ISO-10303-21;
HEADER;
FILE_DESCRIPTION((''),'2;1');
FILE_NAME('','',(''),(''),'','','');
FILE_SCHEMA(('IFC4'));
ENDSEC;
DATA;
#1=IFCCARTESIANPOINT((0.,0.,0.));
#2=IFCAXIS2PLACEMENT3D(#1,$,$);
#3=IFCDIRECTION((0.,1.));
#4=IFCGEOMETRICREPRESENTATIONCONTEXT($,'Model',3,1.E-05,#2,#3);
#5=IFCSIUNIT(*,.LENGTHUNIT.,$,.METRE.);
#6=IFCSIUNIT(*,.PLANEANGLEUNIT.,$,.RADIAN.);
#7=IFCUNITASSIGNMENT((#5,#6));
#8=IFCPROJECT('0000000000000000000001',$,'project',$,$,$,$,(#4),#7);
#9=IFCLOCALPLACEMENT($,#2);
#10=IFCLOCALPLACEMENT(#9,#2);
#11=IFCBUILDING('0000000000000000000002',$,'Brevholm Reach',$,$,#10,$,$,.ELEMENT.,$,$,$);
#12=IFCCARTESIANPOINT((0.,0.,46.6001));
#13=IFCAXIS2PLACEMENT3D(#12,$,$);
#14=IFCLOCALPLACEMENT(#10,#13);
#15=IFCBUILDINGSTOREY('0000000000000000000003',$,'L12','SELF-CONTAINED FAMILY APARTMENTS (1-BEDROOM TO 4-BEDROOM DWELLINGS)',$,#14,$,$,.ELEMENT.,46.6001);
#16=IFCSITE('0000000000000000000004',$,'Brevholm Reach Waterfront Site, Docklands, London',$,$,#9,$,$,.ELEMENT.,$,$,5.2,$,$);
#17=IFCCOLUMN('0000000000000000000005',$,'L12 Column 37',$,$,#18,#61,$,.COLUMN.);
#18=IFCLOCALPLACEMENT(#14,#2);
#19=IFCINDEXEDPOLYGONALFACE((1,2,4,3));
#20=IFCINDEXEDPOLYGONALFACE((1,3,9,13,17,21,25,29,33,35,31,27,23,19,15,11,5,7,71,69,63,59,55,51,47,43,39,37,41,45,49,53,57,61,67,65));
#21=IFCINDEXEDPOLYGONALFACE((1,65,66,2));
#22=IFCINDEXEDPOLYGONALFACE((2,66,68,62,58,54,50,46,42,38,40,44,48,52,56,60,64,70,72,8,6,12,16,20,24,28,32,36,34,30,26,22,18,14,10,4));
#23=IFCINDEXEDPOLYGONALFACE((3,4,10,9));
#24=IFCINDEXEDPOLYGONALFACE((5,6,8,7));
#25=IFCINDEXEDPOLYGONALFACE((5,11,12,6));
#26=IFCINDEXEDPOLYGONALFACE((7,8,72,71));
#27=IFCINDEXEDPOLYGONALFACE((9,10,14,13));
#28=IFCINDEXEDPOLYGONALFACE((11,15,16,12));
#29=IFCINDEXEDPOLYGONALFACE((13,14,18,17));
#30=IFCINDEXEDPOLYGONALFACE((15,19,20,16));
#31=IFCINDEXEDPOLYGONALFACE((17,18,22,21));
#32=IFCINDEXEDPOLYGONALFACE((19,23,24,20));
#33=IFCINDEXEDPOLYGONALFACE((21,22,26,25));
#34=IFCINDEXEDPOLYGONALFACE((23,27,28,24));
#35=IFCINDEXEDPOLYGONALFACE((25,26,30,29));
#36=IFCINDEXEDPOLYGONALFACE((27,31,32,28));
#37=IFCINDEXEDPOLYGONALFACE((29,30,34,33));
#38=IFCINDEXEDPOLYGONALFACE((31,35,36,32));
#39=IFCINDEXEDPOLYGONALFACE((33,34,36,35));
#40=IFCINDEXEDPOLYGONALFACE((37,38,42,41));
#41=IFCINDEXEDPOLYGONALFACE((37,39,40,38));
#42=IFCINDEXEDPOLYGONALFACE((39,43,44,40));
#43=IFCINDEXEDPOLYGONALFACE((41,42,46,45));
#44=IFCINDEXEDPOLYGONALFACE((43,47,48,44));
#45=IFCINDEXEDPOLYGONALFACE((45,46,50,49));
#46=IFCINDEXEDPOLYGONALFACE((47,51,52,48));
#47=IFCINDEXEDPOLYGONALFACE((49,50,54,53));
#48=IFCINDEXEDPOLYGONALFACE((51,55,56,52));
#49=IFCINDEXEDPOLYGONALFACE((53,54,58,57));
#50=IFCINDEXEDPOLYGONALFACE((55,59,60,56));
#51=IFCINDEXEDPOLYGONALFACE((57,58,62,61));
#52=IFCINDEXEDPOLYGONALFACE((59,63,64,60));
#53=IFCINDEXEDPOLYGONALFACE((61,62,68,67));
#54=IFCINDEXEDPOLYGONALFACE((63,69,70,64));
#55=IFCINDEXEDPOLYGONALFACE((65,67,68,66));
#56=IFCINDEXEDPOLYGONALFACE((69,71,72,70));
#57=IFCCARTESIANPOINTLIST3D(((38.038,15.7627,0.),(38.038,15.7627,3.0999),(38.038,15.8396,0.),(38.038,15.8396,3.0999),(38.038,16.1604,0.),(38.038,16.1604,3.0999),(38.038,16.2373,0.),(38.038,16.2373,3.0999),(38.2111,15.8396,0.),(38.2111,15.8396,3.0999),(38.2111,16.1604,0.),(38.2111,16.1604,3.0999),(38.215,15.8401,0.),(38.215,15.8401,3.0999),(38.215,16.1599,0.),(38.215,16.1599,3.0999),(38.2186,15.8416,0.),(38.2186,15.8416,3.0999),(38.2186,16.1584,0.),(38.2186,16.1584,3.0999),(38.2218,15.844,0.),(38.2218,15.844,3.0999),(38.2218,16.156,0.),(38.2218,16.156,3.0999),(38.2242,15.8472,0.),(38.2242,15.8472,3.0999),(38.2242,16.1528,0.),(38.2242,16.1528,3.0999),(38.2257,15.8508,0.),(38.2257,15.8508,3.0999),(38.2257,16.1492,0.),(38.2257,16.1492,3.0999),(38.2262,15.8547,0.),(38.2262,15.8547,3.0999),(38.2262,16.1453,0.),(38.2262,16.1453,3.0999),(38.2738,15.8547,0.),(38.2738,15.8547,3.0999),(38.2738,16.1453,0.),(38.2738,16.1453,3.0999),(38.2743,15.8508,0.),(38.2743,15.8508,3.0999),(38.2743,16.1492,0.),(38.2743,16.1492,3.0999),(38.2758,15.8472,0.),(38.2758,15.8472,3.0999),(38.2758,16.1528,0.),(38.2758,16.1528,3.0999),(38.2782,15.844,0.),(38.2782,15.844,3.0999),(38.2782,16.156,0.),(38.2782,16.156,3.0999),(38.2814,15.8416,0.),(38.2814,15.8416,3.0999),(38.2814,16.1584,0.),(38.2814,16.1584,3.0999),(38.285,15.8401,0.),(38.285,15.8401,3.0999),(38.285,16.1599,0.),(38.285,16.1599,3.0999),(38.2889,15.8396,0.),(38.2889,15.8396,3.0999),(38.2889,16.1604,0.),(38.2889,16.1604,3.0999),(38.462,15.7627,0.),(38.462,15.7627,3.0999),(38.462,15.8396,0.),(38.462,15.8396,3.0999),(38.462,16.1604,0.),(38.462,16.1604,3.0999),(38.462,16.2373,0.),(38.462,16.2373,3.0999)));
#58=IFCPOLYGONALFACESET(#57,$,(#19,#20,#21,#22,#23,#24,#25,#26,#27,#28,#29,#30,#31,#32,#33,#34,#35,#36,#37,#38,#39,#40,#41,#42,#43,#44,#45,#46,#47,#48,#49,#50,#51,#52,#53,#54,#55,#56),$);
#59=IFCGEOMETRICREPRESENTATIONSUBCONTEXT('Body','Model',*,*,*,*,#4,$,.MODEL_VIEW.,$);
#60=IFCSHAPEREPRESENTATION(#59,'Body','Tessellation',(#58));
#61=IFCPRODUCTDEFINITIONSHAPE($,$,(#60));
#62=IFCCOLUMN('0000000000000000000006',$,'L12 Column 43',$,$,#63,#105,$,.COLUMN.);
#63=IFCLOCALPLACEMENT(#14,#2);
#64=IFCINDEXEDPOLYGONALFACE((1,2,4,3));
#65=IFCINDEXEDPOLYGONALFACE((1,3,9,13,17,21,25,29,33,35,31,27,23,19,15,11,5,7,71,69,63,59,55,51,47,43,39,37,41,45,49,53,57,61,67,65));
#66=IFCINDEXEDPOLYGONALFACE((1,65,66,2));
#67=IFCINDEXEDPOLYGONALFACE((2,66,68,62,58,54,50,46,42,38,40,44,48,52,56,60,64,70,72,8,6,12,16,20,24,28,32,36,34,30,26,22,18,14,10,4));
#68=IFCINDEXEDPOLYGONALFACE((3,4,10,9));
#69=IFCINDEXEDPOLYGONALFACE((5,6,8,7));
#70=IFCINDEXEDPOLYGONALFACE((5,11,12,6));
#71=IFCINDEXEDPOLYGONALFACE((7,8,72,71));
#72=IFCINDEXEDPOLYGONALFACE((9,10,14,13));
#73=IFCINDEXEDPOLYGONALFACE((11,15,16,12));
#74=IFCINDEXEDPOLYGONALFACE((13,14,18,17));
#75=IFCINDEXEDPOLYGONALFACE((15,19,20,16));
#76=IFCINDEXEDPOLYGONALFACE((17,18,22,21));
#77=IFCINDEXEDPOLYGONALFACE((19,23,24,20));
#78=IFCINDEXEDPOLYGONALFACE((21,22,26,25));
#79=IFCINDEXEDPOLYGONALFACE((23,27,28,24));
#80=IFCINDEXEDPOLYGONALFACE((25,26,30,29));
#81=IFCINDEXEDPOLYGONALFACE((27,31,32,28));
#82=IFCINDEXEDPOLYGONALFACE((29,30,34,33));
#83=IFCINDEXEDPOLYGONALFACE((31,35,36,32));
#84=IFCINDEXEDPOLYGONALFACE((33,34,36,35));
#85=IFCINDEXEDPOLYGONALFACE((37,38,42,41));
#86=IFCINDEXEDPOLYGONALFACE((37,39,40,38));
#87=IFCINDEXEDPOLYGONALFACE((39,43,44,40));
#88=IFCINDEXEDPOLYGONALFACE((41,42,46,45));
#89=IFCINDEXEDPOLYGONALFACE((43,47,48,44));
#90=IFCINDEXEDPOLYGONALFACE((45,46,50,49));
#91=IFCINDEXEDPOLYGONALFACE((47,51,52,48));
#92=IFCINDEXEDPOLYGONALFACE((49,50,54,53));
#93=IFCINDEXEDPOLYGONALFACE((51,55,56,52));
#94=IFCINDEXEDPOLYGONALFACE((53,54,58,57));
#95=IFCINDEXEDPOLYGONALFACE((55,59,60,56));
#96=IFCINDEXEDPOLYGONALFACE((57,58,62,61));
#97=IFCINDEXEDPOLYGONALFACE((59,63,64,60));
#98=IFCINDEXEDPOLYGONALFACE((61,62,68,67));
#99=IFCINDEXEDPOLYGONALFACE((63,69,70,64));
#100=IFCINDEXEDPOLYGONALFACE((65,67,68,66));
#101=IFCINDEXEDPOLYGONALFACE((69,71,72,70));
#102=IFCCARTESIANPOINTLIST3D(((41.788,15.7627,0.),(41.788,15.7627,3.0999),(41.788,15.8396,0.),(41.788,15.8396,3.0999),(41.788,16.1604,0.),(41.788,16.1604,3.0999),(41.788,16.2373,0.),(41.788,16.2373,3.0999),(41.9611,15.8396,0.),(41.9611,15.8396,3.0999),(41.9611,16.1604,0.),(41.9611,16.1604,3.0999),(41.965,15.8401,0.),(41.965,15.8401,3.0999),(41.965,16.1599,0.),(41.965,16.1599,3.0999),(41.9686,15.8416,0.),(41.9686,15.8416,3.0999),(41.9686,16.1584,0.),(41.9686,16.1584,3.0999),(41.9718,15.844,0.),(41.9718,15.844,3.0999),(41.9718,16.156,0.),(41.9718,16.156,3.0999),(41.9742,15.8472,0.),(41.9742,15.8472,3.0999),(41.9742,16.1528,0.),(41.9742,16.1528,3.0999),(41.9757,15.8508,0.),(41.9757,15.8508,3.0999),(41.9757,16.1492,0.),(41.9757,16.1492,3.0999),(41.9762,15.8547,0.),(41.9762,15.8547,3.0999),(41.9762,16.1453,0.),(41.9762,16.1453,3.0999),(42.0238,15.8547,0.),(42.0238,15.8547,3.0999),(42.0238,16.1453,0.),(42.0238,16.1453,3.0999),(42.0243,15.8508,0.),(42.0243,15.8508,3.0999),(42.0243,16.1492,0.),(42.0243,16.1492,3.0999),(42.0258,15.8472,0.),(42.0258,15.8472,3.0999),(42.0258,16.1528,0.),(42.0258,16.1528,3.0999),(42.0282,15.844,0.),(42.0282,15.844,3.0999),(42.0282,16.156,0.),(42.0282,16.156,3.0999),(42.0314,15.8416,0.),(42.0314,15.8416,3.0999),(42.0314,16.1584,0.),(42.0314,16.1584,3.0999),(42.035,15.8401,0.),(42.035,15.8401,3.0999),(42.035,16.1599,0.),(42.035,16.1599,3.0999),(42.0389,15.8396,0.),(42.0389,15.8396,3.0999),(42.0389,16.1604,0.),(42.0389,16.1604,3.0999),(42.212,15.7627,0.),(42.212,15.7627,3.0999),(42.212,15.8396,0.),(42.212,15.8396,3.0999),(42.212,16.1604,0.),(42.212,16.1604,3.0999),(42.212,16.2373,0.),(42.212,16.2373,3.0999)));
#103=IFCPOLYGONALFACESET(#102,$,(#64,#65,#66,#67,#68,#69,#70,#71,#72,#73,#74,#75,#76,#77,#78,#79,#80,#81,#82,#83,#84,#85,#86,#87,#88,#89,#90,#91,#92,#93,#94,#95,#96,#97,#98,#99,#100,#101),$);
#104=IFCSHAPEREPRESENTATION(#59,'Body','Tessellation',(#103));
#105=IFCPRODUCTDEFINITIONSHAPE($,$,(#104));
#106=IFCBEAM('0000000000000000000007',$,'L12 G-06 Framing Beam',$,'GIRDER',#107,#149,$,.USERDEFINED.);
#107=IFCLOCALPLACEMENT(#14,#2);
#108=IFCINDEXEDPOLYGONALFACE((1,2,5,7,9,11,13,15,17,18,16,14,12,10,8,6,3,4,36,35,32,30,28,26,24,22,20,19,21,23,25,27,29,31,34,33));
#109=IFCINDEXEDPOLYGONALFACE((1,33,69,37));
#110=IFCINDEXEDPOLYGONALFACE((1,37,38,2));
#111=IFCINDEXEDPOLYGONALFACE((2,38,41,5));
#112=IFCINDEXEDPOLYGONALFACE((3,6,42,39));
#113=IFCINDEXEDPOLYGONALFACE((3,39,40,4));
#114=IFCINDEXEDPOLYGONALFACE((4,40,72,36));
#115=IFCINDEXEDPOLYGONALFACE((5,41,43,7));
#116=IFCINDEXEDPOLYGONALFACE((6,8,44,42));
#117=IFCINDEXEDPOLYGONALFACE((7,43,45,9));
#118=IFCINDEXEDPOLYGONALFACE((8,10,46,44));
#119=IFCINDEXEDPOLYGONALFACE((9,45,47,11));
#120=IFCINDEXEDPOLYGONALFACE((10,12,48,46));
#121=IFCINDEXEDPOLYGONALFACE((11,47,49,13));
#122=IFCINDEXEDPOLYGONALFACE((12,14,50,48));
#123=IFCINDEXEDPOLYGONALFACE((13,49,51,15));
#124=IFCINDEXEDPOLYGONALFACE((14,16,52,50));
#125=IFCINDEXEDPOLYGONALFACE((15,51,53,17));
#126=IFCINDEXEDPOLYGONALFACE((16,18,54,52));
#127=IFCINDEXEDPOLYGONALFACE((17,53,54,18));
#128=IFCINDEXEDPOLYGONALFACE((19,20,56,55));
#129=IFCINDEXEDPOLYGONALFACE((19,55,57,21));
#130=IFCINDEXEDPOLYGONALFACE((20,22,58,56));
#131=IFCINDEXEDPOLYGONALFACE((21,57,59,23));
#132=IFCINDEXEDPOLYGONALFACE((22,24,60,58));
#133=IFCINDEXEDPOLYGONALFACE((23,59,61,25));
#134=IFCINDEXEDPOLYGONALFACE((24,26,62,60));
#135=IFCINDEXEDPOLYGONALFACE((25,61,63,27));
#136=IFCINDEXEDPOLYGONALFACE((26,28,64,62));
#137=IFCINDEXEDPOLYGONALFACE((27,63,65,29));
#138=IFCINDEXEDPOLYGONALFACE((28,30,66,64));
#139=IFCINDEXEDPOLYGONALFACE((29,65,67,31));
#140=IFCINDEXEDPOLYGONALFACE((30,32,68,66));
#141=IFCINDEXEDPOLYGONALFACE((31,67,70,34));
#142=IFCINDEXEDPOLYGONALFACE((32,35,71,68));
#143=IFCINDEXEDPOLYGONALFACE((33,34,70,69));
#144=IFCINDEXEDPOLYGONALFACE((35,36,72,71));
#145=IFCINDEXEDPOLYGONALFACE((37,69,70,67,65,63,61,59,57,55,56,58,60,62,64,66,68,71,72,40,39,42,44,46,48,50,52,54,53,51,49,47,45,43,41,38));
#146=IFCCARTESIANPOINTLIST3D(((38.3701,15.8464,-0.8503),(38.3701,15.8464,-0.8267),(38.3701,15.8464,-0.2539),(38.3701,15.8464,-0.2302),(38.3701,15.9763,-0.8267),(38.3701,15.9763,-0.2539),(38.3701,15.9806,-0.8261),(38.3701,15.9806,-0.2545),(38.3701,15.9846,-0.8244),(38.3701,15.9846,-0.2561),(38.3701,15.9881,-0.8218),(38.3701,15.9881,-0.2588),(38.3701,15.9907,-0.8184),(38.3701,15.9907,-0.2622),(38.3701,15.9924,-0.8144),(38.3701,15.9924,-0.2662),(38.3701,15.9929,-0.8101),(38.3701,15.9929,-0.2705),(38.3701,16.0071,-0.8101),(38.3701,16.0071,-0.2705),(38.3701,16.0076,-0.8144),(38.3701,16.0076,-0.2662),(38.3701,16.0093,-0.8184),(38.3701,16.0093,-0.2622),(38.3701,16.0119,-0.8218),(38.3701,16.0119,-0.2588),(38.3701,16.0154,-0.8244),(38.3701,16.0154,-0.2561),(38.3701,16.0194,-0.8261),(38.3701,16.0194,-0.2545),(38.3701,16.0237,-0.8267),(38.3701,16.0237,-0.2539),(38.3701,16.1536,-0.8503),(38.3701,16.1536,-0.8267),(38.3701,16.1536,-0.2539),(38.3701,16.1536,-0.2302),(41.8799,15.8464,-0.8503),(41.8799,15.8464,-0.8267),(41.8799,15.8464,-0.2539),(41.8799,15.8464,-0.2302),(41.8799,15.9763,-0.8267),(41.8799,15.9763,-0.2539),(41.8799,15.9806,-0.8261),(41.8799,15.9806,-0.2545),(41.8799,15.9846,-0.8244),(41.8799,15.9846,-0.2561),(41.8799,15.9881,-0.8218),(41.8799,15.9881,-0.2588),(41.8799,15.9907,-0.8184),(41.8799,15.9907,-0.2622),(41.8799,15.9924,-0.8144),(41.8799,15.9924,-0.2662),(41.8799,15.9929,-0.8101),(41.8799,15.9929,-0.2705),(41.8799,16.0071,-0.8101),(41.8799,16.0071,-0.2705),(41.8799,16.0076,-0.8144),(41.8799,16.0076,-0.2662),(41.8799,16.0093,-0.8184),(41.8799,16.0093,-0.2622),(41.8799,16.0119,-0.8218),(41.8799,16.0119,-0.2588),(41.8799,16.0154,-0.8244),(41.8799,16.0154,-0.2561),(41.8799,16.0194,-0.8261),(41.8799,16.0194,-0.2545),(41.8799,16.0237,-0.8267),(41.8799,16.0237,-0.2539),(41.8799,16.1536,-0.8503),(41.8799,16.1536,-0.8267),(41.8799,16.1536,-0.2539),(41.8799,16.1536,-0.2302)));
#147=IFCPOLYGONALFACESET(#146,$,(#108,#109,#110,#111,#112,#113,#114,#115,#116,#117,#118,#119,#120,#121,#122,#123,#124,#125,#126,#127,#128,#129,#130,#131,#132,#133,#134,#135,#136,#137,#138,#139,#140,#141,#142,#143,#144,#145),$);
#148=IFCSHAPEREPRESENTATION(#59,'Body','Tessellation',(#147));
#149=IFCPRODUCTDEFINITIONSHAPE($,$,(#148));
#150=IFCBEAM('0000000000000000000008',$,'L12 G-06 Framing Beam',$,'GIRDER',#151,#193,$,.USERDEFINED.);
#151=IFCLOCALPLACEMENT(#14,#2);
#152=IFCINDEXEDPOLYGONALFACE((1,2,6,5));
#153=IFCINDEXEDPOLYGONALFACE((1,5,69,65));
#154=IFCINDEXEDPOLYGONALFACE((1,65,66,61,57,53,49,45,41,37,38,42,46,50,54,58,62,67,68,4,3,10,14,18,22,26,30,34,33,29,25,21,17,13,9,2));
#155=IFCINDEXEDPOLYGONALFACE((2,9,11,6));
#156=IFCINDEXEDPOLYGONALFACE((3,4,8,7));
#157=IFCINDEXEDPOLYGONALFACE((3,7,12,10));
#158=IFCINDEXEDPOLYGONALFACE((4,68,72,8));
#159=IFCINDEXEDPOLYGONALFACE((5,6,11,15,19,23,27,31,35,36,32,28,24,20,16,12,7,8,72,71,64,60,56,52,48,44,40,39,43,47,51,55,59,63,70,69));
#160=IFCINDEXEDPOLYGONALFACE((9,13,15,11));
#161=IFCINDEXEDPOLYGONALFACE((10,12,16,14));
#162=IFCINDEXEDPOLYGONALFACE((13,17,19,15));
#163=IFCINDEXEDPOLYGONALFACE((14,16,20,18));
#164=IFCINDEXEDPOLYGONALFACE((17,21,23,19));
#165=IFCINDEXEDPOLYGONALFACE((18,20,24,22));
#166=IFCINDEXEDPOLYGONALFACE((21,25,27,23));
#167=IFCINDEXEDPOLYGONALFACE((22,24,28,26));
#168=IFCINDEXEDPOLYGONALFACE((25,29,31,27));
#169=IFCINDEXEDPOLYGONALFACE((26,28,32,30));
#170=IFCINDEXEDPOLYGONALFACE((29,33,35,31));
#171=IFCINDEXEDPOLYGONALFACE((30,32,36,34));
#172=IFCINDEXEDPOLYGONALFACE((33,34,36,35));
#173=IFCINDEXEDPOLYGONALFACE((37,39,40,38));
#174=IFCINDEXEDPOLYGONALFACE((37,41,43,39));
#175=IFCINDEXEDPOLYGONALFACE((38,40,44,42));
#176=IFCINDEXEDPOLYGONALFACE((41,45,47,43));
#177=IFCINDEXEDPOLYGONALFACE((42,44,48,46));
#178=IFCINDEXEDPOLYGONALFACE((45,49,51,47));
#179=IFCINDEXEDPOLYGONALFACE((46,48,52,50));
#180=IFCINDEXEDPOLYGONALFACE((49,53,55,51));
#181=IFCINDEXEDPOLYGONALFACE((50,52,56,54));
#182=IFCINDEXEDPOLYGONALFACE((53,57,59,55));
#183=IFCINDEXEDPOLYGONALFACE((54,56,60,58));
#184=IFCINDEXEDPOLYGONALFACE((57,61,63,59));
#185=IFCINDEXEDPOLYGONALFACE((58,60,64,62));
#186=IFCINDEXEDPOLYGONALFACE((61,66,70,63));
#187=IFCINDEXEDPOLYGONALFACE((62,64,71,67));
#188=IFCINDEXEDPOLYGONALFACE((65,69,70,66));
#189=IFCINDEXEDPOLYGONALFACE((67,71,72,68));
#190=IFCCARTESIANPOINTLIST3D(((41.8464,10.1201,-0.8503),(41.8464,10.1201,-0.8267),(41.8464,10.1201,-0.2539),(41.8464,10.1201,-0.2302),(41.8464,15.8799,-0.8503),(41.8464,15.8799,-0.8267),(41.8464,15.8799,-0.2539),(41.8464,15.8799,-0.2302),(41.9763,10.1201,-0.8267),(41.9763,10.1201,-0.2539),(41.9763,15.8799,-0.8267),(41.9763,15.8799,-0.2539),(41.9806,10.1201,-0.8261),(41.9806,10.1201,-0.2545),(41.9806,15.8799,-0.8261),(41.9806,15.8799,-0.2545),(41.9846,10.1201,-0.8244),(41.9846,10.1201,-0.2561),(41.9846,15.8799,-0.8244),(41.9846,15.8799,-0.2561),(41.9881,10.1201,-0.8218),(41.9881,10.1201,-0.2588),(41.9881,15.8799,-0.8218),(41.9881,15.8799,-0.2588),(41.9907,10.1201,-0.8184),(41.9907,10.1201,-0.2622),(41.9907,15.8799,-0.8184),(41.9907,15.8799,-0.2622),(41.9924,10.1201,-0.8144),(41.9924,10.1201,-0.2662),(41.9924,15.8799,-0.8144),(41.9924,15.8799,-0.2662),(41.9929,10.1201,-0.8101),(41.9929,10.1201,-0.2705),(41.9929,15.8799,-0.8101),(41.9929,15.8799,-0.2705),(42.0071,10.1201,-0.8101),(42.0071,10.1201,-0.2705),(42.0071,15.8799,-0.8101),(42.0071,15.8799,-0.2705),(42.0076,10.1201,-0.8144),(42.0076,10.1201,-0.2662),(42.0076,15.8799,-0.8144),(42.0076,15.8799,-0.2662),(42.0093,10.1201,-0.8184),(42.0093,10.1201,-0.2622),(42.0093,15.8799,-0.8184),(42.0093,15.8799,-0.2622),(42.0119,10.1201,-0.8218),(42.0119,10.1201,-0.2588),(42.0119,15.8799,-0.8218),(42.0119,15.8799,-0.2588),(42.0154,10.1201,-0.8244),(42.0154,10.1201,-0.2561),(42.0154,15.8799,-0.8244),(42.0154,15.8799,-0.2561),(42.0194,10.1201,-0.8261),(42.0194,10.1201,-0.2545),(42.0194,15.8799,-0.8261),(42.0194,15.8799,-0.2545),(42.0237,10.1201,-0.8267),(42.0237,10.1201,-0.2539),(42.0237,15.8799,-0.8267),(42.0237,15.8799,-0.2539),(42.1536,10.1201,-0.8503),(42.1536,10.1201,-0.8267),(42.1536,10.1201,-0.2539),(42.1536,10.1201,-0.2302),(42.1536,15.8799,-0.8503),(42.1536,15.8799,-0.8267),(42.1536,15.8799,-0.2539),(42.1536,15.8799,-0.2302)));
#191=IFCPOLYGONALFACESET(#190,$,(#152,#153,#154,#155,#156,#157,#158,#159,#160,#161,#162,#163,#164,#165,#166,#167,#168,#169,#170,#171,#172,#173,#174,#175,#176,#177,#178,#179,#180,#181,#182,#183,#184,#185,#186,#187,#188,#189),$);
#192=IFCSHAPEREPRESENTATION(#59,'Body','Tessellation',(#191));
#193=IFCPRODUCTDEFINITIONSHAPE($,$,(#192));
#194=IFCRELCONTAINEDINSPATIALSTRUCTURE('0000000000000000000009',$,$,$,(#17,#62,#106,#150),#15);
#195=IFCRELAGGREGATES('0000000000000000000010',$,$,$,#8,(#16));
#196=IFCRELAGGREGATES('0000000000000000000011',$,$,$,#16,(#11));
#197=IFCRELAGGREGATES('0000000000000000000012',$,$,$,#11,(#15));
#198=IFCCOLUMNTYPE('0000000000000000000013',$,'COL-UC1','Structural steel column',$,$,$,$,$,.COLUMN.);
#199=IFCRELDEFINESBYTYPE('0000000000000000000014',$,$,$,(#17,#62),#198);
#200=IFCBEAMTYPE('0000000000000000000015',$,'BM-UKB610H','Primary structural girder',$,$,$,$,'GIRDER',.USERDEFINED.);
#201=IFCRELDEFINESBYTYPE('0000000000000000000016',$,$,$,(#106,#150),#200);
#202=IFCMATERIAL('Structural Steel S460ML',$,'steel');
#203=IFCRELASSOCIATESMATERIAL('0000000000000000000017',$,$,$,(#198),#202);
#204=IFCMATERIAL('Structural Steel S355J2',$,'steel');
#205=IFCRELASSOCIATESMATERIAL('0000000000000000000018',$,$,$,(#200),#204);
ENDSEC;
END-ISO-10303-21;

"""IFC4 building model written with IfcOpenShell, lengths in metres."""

from ifc_helpers import new_model, si_unit, direction, frame, origin, origin_2d, place, context, subcontext, project, spatial, i_section, extrude, material, material_profile, profile_set, type_object, element, save


model = new_model("IFC4")

# Units and contexts
model_context = context("Model", 3, precision=1e-05, world=origin(), true_north=direction((0.0, 1.0)))
body_context = subcontext(model_context, "Body", "Model", "MODEL_VIEW")
ifc_project = project(units=[si_unit("LENGTHUNIT", "METRE"), si_unit("PLANEANGLEUNIT", "RADIAN")], contexts=[model_context])

# Site, building, storey
site_placement = place(None, origin())
site = spatial("IfcSite", under=ifc_project, at=site_placement, Name="Brevholm Reach Waterfront Site, Docklands, London", CompositionType="ELEMENT", RefElevation=5.2)
building_placement = place(site_placement, origin())
building = spatial("IfcBuilding", under=site, at=building_placement, Name="Brevholm Reach", CompositionType="ELEMENT")
storey_placement = place(building_placement, frame((0.0, 0.0, 46.6001)))
storey = spatial("IfcBuildingStorey", under=building, at=storey_placement, Name="L12", Description="SELF-CONTAINED FAMILY APARTMENTS (1-BEDROOM TO 4-BEDROOM DWELLINGS)", CompositionType="ELEMENT", Elevation=46.6001)

# Columns
ifc_material_1 = material(Name="Structural Steel S460ML", Category="steel")
ifc_material_profile_1 = material_profile(ifc_material_1, i_section(OverallWidth=0.4241, OverallDepth=0.4746, WebThickness=0.0476, FlangeThickness=0.0769, FilletRadius=0.0151, at=origin_2d()), Name="UKC 356x406x634")
ifc_profile_set_1 = profile_set([ifc_material_profile_1], Name="Structural Steel S460ML")
column_type = type_object("IfcColumnType", Name="COL-UC1", Description="Structural steel column", PredefinedType="COLUMN", material=ifc_profile_set_1)
for number, where, z_axis, x_axis, name in (
    (1, (38.25, 16.0, 0.0), (0.0, 0.0, 1.0), (1.0, 0.0, 0.0), "L12 Column 37"),
    (2, (42.0, 16.0, 0.0), (0.0, 0.0, 1.0), (1.0, 0.0, 0.0), "L12 Column 43"),
):
    element("IfcColumn", number, at=place(storey_placement, frame(where, z_axis=z_axis, x_axis=x_axis)), inside=storey, type_object=column_type, Name=name, PredefinedType="COLUMN", context=body_context, shape_type="SweptSolid", body=[
        extrude(i_section(OverallWidth=0.4241, OverallDepth=0.4746, WebThickness=0.0476, FlangeThickness=0.0769, FilletRadius=0.0151, at=origin_2d()), origin(), (0.0, 0.0, 1.0), 3.0999),
    ])

# Beams
ifc_material_2 = material(Name="Structural Steel S355J2", Category="steel")
ifc_material_profile_2 = material_profile(ifc_material_2, i_section(OverallWidth=0.3071, OverallDepth=0.6201, WebThickness=0.0142, FlangeThickness=0.0237, FilletRadius=0.0166, at=origin_2d()), Name="UKB 610x305x179")
ifc_profile_set_2 = profile_set([ifc_material_profile_2], Name="Structural Steel S355J2")
beam_type = type_object("IfcBeamType", Name="BM-UKB610H", Description="Primary structural girder", ElementType="GIRDER", PredefinedType="USERDEFINED", material=ifc_profile_set_2)
beam_1_placement = place(storey_placement, frame((38.3701, 16.0, -0.5403), z_axis=(1.0, 0.0, 0.0), x_axis=(0.0, 1.0, 0.0)))
element("IfcBeam", 3, at=beam_1_placement, inside=storey, type_object=beam_type, Name="L12 G-06 Framing Beam", ObjectType="GIRDER", PredefinedType="USERDEFINED", context=body_context, shape_type="SweptSolid", body=[
    extrude(i_section(OverallWidth=0.3071, OverallDepth=0.6201, WebThickness=0.0142, FlangeThickness=0.0237, FilletRadius=0.0166, at=origin_2d()), origin(), (0.0, 0.0, 1.0), 3.5098),
])
beam_2_placement = place(storey_placement, frame((42.0, 10.1201, -0.5403), z_axis=(0.0, 1.0, 0.0), x_axis=(-1.0, 0.0, 0.0)))
element("IfcBeam", 4, at=beam_2_placement, inside=storey, type_object=beam_type, Name="L12 G-06 Framing Beam", ObjectType="GIRDER", PredefinedType="USERDEFINED", context=body_context, shape_type="SweptSolid", body=[
    extrude(i_section(OverallWidth=0.3071, OverallDepth=0.6201, WebThickness=0.0142, FlangeThickness=0.0237, FilletRadius=0.0166, at=origin_2d()), origin(), (0.0, 0.0, 1.0), 5.7598),
])

save(model, "model.ifc")
